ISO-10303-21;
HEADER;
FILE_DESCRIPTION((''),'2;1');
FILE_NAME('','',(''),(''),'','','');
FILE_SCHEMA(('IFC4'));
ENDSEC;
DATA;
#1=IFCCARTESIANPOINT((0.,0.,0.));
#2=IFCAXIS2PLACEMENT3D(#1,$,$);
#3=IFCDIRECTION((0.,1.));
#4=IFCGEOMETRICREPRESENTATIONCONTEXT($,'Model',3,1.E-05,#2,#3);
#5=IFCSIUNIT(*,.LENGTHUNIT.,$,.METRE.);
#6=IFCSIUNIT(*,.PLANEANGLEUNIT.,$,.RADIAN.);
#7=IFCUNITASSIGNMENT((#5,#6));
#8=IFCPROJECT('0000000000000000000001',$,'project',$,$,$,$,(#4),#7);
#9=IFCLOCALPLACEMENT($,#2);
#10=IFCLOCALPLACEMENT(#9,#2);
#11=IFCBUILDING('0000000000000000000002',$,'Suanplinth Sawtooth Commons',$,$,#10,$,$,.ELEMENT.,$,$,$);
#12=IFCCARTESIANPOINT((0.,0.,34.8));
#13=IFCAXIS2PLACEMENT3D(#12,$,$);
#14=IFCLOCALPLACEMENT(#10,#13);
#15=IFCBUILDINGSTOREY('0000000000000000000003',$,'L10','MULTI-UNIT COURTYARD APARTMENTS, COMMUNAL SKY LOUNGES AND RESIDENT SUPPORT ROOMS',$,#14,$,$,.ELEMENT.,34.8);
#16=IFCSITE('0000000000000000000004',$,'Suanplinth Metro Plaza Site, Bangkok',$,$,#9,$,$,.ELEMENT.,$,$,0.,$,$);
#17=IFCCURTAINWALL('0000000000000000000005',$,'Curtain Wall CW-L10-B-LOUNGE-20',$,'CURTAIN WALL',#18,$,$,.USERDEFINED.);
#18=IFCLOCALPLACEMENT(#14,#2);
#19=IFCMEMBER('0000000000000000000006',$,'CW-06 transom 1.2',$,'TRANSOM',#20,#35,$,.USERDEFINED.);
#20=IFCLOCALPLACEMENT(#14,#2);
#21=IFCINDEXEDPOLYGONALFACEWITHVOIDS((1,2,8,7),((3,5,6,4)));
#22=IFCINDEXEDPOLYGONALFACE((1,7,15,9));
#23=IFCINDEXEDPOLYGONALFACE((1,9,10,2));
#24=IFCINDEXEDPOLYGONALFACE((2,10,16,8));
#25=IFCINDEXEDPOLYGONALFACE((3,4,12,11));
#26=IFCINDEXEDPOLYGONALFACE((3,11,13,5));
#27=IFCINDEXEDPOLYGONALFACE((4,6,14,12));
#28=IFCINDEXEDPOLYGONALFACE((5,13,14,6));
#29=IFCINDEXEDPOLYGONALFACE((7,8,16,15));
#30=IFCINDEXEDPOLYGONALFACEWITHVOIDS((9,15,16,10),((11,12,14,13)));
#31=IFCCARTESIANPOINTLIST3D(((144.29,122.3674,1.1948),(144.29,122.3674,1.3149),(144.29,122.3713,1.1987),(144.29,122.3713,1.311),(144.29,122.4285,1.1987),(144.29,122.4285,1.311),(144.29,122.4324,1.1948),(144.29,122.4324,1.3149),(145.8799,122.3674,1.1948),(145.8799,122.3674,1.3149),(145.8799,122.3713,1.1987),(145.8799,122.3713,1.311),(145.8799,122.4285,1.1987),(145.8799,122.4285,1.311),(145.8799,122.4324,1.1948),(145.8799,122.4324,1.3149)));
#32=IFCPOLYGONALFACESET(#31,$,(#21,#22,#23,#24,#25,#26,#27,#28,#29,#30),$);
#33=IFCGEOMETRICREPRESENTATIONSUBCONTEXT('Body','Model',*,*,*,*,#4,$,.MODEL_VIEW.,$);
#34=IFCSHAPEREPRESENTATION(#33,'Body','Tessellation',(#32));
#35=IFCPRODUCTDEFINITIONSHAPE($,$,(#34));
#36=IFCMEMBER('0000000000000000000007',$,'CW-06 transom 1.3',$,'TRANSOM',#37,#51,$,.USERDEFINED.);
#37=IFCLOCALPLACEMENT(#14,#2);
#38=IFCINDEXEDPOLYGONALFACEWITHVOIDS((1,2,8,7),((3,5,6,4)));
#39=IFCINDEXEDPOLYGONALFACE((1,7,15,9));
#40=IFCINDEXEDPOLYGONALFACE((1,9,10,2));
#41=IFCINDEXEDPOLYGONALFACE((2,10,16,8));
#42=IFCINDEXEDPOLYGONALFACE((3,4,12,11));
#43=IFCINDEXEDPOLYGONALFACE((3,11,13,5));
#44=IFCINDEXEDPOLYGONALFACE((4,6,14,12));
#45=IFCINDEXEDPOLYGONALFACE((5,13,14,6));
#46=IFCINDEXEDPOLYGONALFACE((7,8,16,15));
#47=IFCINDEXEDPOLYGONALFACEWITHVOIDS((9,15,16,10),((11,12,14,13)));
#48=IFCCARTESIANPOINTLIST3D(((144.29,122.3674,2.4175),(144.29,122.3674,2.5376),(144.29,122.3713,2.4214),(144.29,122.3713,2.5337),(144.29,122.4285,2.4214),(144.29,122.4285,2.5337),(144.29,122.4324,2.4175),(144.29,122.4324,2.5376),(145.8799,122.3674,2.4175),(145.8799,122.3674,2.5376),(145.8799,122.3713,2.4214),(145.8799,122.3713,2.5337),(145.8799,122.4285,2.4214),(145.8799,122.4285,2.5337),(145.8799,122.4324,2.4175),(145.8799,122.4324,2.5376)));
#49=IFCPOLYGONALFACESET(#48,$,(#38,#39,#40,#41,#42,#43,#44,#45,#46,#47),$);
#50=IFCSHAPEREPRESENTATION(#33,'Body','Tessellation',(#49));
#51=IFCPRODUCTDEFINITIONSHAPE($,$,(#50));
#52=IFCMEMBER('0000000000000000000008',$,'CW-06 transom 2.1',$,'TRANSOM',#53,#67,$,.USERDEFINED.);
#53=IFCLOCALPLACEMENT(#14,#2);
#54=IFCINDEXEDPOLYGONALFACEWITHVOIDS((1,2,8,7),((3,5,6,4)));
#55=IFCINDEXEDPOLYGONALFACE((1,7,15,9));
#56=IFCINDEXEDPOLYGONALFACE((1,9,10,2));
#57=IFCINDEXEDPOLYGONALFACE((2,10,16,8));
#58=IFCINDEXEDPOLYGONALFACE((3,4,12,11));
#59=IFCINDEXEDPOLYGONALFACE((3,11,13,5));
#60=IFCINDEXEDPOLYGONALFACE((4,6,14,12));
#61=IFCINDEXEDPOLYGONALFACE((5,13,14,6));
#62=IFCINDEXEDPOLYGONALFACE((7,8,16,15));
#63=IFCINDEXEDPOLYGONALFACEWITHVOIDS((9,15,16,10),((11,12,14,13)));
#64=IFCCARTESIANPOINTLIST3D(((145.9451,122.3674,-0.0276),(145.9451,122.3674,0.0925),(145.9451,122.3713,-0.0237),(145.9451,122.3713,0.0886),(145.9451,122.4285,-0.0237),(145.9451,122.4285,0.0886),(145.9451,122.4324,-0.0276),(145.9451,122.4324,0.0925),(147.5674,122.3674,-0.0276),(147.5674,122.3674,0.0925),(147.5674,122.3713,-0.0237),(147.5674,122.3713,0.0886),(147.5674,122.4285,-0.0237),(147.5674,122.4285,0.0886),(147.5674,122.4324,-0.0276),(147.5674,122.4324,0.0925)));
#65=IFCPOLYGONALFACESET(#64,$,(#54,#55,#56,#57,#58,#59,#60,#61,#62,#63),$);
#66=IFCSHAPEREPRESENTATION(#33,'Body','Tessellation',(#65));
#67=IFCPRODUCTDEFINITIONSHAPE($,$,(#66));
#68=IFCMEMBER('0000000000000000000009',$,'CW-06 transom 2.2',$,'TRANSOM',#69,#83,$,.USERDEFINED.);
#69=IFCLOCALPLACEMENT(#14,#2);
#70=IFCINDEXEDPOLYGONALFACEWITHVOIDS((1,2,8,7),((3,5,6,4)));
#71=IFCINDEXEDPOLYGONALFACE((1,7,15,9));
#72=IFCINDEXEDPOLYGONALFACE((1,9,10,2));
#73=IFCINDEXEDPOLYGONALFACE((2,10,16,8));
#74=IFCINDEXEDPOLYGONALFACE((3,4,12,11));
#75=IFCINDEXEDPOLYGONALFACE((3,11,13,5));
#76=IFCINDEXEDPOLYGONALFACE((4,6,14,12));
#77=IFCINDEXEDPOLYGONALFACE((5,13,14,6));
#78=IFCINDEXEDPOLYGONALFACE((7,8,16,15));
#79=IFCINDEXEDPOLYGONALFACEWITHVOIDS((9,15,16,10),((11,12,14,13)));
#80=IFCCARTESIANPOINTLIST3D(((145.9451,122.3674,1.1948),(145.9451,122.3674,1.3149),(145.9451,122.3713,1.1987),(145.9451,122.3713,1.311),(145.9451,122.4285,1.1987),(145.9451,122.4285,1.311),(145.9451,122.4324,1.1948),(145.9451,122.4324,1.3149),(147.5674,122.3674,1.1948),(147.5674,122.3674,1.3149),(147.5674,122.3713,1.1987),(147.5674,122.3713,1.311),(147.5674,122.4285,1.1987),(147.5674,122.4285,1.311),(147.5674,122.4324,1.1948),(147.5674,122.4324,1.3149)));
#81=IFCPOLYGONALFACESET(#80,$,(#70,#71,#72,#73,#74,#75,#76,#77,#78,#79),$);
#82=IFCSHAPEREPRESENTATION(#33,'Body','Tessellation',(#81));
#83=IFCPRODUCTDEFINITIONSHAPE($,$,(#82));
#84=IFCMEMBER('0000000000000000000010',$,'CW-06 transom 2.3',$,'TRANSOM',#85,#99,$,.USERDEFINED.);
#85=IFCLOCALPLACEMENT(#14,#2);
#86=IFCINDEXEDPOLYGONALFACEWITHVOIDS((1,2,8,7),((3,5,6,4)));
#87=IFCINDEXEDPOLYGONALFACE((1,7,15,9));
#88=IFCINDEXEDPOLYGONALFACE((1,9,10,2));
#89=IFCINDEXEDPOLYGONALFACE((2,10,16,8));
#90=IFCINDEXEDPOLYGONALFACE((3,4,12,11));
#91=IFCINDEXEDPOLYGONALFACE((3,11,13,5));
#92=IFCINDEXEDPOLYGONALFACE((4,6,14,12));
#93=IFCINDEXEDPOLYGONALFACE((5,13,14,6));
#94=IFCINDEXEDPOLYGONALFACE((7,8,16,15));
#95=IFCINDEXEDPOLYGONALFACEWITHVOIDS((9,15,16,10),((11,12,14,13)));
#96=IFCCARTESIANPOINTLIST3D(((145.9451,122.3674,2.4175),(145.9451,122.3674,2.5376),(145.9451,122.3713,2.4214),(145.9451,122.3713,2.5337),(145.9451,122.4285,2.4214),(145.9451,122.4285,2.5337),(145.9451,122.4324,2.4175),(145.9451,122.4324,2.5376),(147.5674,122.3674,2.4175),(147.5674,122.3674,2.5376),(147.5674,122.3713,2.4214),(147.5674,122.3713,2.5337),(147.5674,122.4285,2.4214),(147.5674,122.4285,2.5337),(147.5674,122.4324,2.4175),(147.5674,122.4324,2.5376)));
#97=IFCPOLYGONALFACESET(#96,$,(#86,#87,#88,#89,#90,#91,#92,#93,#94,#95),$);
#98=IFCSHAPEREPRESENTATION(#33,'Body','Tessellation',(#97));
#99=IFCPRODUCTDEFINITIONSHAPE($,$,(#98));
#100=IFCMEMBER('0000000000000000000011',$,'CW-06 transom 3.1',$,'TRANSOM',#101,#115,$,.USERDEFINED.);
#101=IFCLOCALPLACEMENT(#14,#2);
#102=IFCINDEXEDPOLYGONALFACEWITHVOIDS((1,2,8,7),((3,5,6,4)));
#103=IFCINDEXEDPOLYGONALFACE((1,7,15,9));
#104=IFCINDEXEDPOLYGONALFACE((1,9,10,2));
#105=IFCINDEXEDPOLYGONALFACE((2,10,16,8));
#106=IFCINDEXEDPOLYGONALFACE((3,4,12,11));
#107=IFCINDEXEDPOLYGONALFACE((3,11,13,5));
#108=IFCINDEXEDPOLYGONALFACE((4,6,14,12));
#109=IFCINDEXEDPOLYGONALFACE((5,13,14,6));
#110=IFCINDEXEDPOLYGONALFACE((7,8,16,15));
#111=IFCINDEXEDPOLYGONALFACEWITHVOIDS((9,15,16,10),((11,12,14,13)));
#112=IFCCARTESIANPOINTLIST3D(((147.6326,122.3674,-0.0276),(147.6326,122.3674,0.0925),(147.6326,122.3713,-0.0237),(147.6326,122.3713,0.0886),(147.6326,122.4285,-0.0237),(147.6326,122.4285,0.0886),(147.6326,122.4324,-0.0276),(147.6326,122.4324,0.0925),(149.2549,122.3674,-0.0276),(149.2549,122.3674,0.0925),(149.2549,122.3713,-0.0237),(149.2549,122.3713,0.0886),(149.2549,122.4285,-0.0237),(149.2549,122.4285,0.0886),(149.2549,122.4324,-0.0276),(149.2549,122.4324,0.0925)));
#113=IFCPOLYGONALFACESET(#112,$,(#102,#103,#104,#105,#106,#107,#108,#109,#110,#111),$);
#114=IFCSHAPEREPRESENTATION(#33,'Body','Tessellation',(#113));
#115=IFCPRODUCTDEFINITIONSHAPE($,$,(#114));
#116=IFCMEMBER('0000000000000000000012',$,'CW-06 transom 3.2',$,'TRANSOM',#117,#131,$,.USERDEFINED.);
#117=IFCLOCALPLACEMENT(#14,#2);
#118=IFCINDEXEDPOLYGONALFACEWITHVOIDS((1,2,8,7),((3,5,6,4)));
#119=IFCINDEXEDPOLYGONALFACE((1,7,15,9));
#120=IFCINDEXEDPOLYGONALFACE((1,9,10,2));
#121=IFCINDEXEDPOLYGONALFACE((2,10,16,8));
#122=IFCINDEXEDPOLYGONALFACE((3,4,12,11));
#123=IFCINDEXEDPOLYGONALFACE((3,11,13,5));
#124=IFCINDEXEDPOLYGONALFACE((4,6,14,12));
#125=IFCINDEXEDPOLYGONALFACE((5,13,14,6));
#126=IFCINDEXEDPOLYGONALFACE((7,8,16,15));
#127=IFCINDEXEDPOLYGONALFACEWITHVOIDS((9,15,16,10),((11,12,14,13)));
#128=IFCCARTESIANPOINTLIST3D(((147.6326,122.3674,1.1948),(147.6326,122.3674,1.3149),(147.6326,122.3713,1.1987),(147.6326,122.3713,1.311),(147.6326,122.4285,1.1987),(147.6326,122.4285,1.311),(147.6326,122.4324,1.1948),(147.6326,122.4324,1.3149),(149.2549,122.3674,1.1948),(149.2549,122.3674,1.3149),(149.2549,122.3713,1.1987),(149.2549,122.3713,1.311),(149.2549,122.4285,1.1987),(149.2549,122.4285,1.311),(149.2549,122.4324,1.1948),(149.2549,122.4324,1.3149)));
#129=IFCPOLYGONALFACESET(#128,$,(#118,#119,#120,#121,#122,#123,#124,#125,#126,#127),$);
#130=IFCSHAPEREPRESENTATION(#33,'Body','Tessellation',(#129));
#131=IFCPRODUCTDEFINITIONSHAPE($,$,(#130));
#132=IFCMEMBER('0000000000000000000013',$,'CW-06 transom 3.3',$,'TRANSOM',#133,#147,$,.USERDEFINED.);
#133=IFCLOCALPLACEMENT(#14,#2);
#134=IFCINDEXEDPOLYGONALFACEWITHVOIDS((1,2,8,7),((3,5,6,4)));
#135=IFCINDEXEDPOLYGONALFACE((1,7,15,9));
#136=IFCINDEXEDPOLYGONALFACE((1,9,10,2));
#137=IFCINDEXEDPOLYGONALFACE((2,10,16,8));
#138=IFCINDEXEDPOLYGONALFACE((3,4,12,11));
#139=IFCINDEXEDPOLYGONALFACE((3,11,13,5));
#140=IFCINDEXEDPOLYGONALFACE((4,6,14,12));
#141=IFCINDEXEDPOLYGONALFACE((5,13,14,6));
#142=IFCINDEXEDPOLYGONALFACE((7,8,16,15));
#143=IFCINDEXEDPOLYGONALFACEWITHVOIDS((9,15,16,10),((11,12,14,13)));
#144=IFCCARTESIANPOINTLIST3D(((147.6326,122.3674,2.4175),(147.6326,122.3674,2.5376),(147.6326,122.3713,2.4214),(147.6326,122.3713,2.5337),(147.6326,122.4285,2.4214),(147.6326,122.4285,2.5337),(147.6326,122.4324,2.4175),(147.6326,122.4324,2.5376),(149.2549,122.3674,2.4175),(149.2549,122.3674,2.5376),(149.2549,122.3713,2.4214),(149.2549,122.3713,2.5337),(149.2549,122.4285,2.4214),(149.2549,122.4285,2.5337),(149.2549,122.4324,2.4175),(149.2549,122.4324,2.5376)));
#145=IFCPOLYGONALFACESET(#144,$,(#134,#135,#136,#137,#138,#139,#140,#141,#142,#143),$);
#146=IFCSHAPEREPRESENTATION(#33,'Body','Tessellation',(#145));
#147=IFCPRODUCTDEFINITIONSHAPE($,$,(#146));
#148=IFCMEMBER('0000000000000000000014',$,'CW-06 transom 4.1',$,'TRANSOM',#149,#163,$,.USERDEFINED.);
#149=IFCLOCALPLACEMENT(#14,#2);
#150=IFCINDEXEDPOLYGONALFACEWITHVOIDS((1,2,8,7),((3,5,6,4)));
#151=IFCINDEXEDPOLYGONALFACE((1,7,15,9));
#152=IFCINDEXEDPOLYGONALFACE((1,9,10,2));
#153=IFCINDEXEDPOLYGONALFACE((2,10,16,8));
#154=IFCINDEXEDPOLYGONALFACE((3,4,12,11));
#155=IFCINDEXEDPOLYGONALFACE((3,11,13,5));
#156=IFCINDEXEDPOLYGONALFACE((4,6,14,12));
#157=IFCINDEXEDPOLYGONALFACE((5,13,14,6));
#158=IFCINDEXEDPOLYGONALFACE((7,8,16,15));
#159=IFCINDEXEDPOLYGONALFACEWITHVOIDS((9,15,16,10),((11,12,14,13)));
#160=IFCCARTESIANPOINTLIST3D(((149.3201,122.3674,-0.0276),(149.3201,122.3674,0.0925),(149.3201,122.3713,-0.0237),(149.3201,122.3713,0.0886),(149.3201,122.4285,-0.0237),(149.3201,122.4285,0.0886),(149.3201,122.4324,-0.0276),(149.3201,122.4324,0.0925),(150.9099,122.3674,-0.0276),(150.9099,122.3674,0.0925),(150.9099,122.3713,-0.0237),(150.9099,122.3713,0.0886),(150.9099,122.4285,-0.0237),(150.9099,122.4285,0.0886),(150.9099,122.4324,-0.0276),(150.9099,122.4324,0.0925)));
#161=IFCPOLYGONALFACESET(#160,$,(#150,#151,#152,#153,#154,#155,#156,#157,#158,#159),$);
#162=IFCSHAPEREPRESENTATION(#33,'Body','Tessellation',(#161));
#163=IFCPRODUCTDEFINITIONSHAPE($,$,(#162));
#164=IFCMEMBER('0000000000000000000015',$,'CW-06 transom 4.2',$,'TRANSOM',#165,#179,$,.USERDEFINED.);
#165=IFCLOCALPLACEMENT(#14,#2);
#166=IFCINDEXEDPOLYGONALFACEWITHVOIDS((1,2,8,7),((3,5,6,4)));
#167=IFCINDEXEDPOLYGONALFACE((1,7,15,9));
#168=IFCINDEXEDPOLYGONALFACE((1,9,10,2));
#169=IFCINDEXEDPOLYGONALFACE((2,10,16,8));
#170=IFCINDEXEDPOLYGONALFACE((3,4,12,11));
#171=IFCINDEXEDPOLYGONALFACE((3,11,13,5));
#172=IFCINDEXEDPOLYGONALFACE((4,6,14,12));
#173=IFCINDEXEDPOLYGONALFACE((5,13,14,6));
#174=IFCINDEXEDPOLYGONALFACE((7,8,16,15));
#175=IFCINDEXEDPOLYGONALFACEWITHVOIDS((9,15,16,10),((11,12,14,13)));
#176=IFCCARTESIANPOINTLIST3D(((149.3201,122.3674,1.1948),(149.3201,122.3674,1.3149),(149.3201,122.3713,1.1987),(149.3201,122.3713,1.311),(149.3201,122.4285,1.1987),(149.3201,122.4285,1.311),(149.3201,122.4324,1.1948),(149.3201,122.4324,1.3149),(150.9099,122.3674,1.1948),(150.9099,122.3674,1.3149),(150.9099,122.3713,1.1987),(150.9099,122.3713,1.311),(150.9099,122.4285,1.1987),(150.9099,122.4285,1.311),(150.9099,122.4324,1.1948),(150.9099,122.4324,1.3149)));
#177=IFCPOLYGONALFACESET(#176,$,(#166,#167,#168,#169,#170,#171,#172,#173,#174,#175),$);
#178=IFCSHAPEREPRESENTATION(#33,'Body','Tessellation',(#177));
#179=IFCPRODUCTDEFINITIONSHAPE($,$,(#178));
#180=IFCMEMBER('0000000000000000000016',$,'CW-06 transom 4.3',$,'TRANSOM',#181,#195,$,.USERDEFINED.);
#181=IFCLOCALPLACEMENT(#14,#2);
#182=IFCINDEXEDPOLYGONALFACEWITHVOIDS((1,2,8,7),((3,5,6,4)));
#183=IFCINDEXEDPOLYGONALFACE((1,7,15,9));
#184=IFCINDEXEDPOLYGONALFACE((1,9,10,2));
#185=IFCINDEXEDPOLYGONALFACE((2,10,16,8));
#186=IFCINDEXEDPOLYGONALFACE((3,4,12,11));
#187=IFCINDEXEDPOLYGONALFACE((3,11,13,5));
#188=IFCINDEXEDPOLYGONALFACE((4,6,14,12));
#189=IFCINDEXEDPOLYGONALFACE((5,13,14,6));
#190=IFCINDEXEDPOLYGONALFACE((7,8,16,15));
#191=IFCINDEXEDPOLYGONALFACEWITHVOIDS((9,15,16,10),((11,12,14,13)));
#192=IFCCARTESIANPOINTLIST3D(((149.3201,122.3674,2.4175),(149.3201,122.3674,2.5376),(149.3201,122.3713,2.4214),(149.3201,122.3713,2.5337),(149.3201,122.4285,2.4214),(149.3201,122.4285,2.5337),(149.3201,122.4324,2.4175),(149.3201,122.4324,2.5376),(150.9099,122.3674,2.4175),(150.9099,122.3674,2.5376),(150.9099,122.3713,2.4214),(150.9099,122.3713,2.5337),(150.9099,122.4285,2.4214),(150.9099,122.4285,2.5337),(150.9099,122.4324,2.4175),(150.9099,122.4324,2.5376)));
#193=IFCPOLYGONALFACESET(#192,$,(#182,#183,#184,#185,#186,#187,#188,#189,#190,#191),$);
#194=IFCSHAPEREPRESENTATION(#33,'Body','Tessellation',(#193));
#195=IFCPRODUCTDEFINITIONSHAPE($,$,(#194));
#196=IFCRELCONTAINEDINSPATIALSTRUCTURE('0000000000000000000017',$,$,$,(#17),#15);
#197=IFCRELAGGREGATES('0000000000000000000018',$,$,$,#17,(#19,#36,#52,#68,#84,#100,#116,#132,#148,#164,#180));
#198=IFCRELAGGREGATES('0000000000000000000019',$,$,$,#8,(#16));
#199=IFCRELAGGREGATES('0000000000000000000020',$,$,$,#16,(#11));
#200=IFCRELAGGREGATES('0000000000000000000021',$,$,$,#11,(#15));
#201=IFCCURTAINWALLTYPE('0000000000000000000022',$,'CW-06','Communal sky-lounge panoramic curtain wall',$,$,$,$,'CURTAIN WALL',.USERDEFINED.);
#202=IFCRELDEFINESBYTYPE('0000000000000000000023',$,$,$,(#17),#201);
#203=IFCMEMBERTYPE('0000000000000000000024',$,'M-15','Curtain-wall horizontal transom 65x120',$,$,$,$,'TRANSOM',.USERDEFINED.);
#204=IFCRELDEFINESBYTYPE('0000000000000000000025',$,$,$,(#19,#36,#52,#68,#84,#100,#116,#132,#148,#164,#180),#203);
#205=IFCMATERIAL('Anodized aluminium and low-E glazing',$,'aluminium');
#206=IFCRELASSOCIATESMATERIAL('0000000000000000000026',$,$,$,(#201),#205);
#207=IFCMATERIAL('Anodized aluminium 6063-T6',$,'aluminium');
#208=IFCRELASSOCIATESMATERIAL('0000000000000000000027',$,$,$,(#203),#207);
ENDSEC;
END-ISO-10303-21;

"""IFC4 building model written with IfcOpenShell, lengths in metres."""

from ifc_helpers import new_model, si_unit, direction, frame, origin, origin_2d, place, context, subcontext, project, spatial, hollow_rectangle, extrude, material, material_profile, profile_set, type_object, element, aggregate, save


model = new_model("IFC4")

# Units and contexts
model_context = context("Model", 3, precision=1e-05, world=origin(), true_north=direction((0.0, 1.0)))
body_context = subcontext(model_context, "Body", "Model", "MODEL_VIEW")
ifc_project = project(units=[si_unit("LENGTHUNIT", "METRE"), si_unit("PLANEANGLEUNIT", "RADIAN")], contexts=[model_context])

# Site, building, storey
site_placement = place(None, origin())
site = spatial("IfcSite", under=ifc_project, at=site_placement, Name="Suanplinth Metro Plaza Site, Bangkok", CompositionType="ELEMENT", RefElevation=0.0)
building_placement = place(site_placement, origin())
building = spatial("IfcBuilding", under=site, at=building_placement, Name="Suanplinth Sawtooth Commons", CompositionType="ELEMENT")
storey_placement = place(building_placement, frame((0.0, 0.0, 34.8)))
storey = spatial("IfcBuildingStorey", under=building, at=storey_placement, Name="L10", Description="MULTI-UNIT COURTYARD APARTMENTS, COMMUNAL SKY LOUNGES AND RESIDENT SUPPORT ROOMS", CompositionType="ELEMENT", Elevation=34.8)

# Curtain wall, members
ifc_material_1 = material(Name="Anodized aluminium and low-E glazing", Category="aluminium")
curtain_wall_type = type_object("IfcCurtainWallType", Name="CW-06", Description="Communal sky-lounge panoramic curtain wall", ElementType="CURTAIN WALL", PredefinedType="USERDEFINED", material=ifc_material_1)
curtain_wall_placement = place(storey_placement, origin())
curtain_wall = element("IfcCurtainWall", 1, at=curtain_wall_placement, inside=storey, type_object=curtain_wall_type, Name="Curtain Wall CW-L10-B-LOUNGE-20", ObjectType="CURTAIN WALL", PredefinedType="USERDEFINED")
ifc_material_2 = material(Name="Anodized aluminium 6063-T6", Category="aluminium")
ifc_material_profile_1 = material_profile(ifc_material_2, hollow_rectangle(XDim=0.0649, YDim=0.1201, WallThickness=0.0039, at=origin_2d()), Name="ALU-TRN 65x120")
ifc_profile_set_1 = profile_set([ifc_material_profile_1], Name="Anodized aluminium 6063-T6")
member_type_1 = type_object("IfcMemberType", Name="M-15", Description="Curtain-wall horizontal transom 65x120", ElementType="TRANSOM", PredefinedType="USERDEFINED", material=ifc_profile_set_1)
member_1_placement = place(storey_placement, frame((144.29, 122.3999, 1.2549), z_axis=(1.0, 0.0, 0.0), x_axis=(0.0, 1.0, 0.0)))
member_1 = element("IfcMember", 2, at=member_1_placement, type_object=member_type_1, Name="CW-06 transom 1.2", ObjectType="TRANSOM", PredefinedType="USERDEFINED", context=body_context, shape_type="SweptSolid", body=[
    extrude(hollow_rectangle(XDim=0.0649, YDim=0.1201, WallThickness=0.0039, at=origin_2d()), origin(), (0.0, 0.0, 1.0), 1.5898),
])
member_2_placement = place(storey_placement, frame((144.29, 122.3999, 2.4775), z_axis=(1.0, 0.0, 0.0), x_axis=(0.0, 1.0, 0.0)))
member_2 = element("IfcMember", 3, at=member_2_placement, type_object=member_type_1, Name="CW-06 transom 1.3", ObjectType="TRANSOM", PredefinedType="USERDEFINED", context=body_context, shape_type="SweptSolid", body=[
    extrude(hollow_rectangle(XDim=0.0649, YDim=0.1201, WallThickness=0.0039, at=origin_2d()), origin(), (0.0, 0.0, 1.0), 1.5898),
])
member_3_placement = place(storey_placement, frame((145.9451, 122.3999, 0.0325), z_axis=(1.0, 0.0, 0.0), x_axis=(0.0, 1.0, 0.0)))
member_3 = element("IfcMember", 4, at=member_3_placement, type_object=member_type_1, Name="CW-06 transom 2.1", ObjectType="TRANSOM", PredefinedType="USERDEFINED", context=body_context, shape_type="SweptSolid", body=[
    extrude(hollow_rectangle(XDim=0.0649, YDim=0.1201, WallThickness=0.0039, at=origin_2d()), origin(), (0.0, 0.0, 1.0), 1.6223),
])
member_4_placement = place(storey_placement, frame((145.9451, 122.3999, 1.2549), z_axis=(1.0, 0.0, 0.0), x_axis=(0.0, 1.0, 0.0)))
member_4 = element("IfcMember", 5, at=member_4_placement, type_object=member_type_1, Name="CW-06 transom 2.2", ObjectType="TRANSOM", PredefinedType="USERDEFINED", context=body_context, shape_type="SweptSolid", body=[
    extrude(hollow_rectangle(XDim=0.0649, YDim=0.1201, WallThickness=0.0039, at=origin_2d()), origin(), (0.0, 0.0, 1.0), 1.6223),
])
member_5_placement = place(storey_placement, frame((145.9451, 122.3999, 2.4775), z_axis=(1.0, 0.0, 0.0), x_axis=(0.0, 1.0, 0.0)))
member_5 = element("IfcMember", 6, at=member_5_placement, type_object=member_type_1, Name="CW-06 transom 2.3", ObjectType="TRANSOM", PredefinedType="USERDEFINED", context=body_context, shape_type="SweptSolid", body=[
    extrude(hollow_rectangle(XDim=0.0649, YDim=0.1201, WallThickness=0.0039, at=origin_2d()), origin(), (0.0, 0.0, 1.0), 1.6223),
])
member_6_placement = place(storey_placement, frame((147.6326, 122.3999, 0.0325), z_axis=(1.0, 0.0, 0.0), x_axis=(0.0, 1.0, 0.0)))
member_6 = element("IfcMember", 7, at=member_6_placement, type_object=member_type_1, Name="CW-06 transom 3.1", ObjectType="TRANSOM", PredefinedType="USERDEFINED", context=body_context, shape_type="SweptSolid", body=[
    extrude(hollow_rectangle(XDim=0.0649, YDim=0.1201, WallThickness=0.0039, at=origin_2d()), origin(), (0.0, 0.0, 1.0), 1.6223),
])
member_7_placement = place(storey_placement, frame((147.6326, 122.3999, 1.2549), z_axis=(1.0, 0.0, 0.0), x_axis=(0.0, 1.0, 0.0)))
member_7 = element("IfcMember", 8, at=member_7_placement, type_object=member_type_1, Name="CW-06 transom 3.2", ObjectType="TRANSOM", PredefinedType="USERDEFINED", context=body_context, shape_type="SweptSolid", body=[
    extrude(hollow_rectangle(XDim=0.0649, YDim=0.1201, WallThickness=0.0039, at=origin_2d()), origin(), (0.0, 0.0, 1.0), 1.6223),
])
member_8_placement = place(storey_placement, frame((147.6326, 122.3999, 2.4775), z_axis=(1.0, 0.0, 0.0), x_axis=(0.0, 1.0, 0.0)))
member_8 = element("IfcMember", 9, at=member_8_placement, type_object=member_type_1, Name="CW-06 transom 3.3", ObjectType="TRANSOM", PredefinedType="USERDEFINED", context=body_context, shape_type="SweptSolid", body=[
    extrude(hollow_rectangle(XDim=0.0649, YDim=0.1201, WallThickness=0.0039, at=origin_2d()), origin(), (0.0, 0.0, 1.0), 1.6223),
])
member_9_placement = place(storey_placement, frame((149.3201, 122.3999, 0.0325), z_axis=(1.0, 0.0, 0.0), x_axis=(0.0, 1.0, 0.0)))
member_9 = element("IfcMember", 10, at=member_9_placement, type_object=member_type_1, Name="CW-06 transom 4.1", ObjectType="TRANSOM", PredefinedType="USERDEFINED", context=body_context, shape_type="SweptSolid", body=[
    extrude(hollow_rectangle(XDim=0.0649, YDim=0.1201, WallThickness=0.0039, at=origin_2d()), origin(), (0.0, 0.0, 1.0), 1.5898),
])
member_10_placement = place(storey_placement, frame((149.3201, 122.3999, 1.2549), z_axis=(1.0, 0.0, 0.0), x_axis=(0.0, 1.0, 0.0)))
member_10 = element("IfcMember", 11, at=member_10_placement, type_object=member_type_1, Name="CW-06 transom 4.2", ObjectType="TRANSOM", PredefinedType="USERDEFINED", context=body_context, shape_type="SweptSolid", body=[
    extrude(hollow_rectangle(XDim=0.0649, YDim=0.1201, WallThickness=0.0039, at=origin_2d()), origin(), (0.0, 0.0, 1.0), 1.5898),
])
member_11_placement = place(storey_placement, frame((149.3201, 122.3999, 2.4775), z_axis=(1.0, 0.0, 0.0), x_axis=(0.0, 1.0, 0.0)))
member_11 = element("IfcMember", 12, at=member_11_placement, type_object=member_type_1, Name="CW-06 transom 4.3", ObjectType="TRANSOM", PredefinedType="USERDEFINED", context=body_context, shape_type="SweptSolid", body=[
    extrude(hollow_rectangle(XDim=0.0649, YDim=0.1201, WallThickness=0.0039, at=origin_2d()), origin(), (0.0, 0.0, 1.0), 1.5898),
])

aggregate(curtain_wall, [member_1, member_2, member_3, member_4, member_5, member_6, member_7, member_8, member_9, member_10, member_11])

save(model, "model.ifc")
